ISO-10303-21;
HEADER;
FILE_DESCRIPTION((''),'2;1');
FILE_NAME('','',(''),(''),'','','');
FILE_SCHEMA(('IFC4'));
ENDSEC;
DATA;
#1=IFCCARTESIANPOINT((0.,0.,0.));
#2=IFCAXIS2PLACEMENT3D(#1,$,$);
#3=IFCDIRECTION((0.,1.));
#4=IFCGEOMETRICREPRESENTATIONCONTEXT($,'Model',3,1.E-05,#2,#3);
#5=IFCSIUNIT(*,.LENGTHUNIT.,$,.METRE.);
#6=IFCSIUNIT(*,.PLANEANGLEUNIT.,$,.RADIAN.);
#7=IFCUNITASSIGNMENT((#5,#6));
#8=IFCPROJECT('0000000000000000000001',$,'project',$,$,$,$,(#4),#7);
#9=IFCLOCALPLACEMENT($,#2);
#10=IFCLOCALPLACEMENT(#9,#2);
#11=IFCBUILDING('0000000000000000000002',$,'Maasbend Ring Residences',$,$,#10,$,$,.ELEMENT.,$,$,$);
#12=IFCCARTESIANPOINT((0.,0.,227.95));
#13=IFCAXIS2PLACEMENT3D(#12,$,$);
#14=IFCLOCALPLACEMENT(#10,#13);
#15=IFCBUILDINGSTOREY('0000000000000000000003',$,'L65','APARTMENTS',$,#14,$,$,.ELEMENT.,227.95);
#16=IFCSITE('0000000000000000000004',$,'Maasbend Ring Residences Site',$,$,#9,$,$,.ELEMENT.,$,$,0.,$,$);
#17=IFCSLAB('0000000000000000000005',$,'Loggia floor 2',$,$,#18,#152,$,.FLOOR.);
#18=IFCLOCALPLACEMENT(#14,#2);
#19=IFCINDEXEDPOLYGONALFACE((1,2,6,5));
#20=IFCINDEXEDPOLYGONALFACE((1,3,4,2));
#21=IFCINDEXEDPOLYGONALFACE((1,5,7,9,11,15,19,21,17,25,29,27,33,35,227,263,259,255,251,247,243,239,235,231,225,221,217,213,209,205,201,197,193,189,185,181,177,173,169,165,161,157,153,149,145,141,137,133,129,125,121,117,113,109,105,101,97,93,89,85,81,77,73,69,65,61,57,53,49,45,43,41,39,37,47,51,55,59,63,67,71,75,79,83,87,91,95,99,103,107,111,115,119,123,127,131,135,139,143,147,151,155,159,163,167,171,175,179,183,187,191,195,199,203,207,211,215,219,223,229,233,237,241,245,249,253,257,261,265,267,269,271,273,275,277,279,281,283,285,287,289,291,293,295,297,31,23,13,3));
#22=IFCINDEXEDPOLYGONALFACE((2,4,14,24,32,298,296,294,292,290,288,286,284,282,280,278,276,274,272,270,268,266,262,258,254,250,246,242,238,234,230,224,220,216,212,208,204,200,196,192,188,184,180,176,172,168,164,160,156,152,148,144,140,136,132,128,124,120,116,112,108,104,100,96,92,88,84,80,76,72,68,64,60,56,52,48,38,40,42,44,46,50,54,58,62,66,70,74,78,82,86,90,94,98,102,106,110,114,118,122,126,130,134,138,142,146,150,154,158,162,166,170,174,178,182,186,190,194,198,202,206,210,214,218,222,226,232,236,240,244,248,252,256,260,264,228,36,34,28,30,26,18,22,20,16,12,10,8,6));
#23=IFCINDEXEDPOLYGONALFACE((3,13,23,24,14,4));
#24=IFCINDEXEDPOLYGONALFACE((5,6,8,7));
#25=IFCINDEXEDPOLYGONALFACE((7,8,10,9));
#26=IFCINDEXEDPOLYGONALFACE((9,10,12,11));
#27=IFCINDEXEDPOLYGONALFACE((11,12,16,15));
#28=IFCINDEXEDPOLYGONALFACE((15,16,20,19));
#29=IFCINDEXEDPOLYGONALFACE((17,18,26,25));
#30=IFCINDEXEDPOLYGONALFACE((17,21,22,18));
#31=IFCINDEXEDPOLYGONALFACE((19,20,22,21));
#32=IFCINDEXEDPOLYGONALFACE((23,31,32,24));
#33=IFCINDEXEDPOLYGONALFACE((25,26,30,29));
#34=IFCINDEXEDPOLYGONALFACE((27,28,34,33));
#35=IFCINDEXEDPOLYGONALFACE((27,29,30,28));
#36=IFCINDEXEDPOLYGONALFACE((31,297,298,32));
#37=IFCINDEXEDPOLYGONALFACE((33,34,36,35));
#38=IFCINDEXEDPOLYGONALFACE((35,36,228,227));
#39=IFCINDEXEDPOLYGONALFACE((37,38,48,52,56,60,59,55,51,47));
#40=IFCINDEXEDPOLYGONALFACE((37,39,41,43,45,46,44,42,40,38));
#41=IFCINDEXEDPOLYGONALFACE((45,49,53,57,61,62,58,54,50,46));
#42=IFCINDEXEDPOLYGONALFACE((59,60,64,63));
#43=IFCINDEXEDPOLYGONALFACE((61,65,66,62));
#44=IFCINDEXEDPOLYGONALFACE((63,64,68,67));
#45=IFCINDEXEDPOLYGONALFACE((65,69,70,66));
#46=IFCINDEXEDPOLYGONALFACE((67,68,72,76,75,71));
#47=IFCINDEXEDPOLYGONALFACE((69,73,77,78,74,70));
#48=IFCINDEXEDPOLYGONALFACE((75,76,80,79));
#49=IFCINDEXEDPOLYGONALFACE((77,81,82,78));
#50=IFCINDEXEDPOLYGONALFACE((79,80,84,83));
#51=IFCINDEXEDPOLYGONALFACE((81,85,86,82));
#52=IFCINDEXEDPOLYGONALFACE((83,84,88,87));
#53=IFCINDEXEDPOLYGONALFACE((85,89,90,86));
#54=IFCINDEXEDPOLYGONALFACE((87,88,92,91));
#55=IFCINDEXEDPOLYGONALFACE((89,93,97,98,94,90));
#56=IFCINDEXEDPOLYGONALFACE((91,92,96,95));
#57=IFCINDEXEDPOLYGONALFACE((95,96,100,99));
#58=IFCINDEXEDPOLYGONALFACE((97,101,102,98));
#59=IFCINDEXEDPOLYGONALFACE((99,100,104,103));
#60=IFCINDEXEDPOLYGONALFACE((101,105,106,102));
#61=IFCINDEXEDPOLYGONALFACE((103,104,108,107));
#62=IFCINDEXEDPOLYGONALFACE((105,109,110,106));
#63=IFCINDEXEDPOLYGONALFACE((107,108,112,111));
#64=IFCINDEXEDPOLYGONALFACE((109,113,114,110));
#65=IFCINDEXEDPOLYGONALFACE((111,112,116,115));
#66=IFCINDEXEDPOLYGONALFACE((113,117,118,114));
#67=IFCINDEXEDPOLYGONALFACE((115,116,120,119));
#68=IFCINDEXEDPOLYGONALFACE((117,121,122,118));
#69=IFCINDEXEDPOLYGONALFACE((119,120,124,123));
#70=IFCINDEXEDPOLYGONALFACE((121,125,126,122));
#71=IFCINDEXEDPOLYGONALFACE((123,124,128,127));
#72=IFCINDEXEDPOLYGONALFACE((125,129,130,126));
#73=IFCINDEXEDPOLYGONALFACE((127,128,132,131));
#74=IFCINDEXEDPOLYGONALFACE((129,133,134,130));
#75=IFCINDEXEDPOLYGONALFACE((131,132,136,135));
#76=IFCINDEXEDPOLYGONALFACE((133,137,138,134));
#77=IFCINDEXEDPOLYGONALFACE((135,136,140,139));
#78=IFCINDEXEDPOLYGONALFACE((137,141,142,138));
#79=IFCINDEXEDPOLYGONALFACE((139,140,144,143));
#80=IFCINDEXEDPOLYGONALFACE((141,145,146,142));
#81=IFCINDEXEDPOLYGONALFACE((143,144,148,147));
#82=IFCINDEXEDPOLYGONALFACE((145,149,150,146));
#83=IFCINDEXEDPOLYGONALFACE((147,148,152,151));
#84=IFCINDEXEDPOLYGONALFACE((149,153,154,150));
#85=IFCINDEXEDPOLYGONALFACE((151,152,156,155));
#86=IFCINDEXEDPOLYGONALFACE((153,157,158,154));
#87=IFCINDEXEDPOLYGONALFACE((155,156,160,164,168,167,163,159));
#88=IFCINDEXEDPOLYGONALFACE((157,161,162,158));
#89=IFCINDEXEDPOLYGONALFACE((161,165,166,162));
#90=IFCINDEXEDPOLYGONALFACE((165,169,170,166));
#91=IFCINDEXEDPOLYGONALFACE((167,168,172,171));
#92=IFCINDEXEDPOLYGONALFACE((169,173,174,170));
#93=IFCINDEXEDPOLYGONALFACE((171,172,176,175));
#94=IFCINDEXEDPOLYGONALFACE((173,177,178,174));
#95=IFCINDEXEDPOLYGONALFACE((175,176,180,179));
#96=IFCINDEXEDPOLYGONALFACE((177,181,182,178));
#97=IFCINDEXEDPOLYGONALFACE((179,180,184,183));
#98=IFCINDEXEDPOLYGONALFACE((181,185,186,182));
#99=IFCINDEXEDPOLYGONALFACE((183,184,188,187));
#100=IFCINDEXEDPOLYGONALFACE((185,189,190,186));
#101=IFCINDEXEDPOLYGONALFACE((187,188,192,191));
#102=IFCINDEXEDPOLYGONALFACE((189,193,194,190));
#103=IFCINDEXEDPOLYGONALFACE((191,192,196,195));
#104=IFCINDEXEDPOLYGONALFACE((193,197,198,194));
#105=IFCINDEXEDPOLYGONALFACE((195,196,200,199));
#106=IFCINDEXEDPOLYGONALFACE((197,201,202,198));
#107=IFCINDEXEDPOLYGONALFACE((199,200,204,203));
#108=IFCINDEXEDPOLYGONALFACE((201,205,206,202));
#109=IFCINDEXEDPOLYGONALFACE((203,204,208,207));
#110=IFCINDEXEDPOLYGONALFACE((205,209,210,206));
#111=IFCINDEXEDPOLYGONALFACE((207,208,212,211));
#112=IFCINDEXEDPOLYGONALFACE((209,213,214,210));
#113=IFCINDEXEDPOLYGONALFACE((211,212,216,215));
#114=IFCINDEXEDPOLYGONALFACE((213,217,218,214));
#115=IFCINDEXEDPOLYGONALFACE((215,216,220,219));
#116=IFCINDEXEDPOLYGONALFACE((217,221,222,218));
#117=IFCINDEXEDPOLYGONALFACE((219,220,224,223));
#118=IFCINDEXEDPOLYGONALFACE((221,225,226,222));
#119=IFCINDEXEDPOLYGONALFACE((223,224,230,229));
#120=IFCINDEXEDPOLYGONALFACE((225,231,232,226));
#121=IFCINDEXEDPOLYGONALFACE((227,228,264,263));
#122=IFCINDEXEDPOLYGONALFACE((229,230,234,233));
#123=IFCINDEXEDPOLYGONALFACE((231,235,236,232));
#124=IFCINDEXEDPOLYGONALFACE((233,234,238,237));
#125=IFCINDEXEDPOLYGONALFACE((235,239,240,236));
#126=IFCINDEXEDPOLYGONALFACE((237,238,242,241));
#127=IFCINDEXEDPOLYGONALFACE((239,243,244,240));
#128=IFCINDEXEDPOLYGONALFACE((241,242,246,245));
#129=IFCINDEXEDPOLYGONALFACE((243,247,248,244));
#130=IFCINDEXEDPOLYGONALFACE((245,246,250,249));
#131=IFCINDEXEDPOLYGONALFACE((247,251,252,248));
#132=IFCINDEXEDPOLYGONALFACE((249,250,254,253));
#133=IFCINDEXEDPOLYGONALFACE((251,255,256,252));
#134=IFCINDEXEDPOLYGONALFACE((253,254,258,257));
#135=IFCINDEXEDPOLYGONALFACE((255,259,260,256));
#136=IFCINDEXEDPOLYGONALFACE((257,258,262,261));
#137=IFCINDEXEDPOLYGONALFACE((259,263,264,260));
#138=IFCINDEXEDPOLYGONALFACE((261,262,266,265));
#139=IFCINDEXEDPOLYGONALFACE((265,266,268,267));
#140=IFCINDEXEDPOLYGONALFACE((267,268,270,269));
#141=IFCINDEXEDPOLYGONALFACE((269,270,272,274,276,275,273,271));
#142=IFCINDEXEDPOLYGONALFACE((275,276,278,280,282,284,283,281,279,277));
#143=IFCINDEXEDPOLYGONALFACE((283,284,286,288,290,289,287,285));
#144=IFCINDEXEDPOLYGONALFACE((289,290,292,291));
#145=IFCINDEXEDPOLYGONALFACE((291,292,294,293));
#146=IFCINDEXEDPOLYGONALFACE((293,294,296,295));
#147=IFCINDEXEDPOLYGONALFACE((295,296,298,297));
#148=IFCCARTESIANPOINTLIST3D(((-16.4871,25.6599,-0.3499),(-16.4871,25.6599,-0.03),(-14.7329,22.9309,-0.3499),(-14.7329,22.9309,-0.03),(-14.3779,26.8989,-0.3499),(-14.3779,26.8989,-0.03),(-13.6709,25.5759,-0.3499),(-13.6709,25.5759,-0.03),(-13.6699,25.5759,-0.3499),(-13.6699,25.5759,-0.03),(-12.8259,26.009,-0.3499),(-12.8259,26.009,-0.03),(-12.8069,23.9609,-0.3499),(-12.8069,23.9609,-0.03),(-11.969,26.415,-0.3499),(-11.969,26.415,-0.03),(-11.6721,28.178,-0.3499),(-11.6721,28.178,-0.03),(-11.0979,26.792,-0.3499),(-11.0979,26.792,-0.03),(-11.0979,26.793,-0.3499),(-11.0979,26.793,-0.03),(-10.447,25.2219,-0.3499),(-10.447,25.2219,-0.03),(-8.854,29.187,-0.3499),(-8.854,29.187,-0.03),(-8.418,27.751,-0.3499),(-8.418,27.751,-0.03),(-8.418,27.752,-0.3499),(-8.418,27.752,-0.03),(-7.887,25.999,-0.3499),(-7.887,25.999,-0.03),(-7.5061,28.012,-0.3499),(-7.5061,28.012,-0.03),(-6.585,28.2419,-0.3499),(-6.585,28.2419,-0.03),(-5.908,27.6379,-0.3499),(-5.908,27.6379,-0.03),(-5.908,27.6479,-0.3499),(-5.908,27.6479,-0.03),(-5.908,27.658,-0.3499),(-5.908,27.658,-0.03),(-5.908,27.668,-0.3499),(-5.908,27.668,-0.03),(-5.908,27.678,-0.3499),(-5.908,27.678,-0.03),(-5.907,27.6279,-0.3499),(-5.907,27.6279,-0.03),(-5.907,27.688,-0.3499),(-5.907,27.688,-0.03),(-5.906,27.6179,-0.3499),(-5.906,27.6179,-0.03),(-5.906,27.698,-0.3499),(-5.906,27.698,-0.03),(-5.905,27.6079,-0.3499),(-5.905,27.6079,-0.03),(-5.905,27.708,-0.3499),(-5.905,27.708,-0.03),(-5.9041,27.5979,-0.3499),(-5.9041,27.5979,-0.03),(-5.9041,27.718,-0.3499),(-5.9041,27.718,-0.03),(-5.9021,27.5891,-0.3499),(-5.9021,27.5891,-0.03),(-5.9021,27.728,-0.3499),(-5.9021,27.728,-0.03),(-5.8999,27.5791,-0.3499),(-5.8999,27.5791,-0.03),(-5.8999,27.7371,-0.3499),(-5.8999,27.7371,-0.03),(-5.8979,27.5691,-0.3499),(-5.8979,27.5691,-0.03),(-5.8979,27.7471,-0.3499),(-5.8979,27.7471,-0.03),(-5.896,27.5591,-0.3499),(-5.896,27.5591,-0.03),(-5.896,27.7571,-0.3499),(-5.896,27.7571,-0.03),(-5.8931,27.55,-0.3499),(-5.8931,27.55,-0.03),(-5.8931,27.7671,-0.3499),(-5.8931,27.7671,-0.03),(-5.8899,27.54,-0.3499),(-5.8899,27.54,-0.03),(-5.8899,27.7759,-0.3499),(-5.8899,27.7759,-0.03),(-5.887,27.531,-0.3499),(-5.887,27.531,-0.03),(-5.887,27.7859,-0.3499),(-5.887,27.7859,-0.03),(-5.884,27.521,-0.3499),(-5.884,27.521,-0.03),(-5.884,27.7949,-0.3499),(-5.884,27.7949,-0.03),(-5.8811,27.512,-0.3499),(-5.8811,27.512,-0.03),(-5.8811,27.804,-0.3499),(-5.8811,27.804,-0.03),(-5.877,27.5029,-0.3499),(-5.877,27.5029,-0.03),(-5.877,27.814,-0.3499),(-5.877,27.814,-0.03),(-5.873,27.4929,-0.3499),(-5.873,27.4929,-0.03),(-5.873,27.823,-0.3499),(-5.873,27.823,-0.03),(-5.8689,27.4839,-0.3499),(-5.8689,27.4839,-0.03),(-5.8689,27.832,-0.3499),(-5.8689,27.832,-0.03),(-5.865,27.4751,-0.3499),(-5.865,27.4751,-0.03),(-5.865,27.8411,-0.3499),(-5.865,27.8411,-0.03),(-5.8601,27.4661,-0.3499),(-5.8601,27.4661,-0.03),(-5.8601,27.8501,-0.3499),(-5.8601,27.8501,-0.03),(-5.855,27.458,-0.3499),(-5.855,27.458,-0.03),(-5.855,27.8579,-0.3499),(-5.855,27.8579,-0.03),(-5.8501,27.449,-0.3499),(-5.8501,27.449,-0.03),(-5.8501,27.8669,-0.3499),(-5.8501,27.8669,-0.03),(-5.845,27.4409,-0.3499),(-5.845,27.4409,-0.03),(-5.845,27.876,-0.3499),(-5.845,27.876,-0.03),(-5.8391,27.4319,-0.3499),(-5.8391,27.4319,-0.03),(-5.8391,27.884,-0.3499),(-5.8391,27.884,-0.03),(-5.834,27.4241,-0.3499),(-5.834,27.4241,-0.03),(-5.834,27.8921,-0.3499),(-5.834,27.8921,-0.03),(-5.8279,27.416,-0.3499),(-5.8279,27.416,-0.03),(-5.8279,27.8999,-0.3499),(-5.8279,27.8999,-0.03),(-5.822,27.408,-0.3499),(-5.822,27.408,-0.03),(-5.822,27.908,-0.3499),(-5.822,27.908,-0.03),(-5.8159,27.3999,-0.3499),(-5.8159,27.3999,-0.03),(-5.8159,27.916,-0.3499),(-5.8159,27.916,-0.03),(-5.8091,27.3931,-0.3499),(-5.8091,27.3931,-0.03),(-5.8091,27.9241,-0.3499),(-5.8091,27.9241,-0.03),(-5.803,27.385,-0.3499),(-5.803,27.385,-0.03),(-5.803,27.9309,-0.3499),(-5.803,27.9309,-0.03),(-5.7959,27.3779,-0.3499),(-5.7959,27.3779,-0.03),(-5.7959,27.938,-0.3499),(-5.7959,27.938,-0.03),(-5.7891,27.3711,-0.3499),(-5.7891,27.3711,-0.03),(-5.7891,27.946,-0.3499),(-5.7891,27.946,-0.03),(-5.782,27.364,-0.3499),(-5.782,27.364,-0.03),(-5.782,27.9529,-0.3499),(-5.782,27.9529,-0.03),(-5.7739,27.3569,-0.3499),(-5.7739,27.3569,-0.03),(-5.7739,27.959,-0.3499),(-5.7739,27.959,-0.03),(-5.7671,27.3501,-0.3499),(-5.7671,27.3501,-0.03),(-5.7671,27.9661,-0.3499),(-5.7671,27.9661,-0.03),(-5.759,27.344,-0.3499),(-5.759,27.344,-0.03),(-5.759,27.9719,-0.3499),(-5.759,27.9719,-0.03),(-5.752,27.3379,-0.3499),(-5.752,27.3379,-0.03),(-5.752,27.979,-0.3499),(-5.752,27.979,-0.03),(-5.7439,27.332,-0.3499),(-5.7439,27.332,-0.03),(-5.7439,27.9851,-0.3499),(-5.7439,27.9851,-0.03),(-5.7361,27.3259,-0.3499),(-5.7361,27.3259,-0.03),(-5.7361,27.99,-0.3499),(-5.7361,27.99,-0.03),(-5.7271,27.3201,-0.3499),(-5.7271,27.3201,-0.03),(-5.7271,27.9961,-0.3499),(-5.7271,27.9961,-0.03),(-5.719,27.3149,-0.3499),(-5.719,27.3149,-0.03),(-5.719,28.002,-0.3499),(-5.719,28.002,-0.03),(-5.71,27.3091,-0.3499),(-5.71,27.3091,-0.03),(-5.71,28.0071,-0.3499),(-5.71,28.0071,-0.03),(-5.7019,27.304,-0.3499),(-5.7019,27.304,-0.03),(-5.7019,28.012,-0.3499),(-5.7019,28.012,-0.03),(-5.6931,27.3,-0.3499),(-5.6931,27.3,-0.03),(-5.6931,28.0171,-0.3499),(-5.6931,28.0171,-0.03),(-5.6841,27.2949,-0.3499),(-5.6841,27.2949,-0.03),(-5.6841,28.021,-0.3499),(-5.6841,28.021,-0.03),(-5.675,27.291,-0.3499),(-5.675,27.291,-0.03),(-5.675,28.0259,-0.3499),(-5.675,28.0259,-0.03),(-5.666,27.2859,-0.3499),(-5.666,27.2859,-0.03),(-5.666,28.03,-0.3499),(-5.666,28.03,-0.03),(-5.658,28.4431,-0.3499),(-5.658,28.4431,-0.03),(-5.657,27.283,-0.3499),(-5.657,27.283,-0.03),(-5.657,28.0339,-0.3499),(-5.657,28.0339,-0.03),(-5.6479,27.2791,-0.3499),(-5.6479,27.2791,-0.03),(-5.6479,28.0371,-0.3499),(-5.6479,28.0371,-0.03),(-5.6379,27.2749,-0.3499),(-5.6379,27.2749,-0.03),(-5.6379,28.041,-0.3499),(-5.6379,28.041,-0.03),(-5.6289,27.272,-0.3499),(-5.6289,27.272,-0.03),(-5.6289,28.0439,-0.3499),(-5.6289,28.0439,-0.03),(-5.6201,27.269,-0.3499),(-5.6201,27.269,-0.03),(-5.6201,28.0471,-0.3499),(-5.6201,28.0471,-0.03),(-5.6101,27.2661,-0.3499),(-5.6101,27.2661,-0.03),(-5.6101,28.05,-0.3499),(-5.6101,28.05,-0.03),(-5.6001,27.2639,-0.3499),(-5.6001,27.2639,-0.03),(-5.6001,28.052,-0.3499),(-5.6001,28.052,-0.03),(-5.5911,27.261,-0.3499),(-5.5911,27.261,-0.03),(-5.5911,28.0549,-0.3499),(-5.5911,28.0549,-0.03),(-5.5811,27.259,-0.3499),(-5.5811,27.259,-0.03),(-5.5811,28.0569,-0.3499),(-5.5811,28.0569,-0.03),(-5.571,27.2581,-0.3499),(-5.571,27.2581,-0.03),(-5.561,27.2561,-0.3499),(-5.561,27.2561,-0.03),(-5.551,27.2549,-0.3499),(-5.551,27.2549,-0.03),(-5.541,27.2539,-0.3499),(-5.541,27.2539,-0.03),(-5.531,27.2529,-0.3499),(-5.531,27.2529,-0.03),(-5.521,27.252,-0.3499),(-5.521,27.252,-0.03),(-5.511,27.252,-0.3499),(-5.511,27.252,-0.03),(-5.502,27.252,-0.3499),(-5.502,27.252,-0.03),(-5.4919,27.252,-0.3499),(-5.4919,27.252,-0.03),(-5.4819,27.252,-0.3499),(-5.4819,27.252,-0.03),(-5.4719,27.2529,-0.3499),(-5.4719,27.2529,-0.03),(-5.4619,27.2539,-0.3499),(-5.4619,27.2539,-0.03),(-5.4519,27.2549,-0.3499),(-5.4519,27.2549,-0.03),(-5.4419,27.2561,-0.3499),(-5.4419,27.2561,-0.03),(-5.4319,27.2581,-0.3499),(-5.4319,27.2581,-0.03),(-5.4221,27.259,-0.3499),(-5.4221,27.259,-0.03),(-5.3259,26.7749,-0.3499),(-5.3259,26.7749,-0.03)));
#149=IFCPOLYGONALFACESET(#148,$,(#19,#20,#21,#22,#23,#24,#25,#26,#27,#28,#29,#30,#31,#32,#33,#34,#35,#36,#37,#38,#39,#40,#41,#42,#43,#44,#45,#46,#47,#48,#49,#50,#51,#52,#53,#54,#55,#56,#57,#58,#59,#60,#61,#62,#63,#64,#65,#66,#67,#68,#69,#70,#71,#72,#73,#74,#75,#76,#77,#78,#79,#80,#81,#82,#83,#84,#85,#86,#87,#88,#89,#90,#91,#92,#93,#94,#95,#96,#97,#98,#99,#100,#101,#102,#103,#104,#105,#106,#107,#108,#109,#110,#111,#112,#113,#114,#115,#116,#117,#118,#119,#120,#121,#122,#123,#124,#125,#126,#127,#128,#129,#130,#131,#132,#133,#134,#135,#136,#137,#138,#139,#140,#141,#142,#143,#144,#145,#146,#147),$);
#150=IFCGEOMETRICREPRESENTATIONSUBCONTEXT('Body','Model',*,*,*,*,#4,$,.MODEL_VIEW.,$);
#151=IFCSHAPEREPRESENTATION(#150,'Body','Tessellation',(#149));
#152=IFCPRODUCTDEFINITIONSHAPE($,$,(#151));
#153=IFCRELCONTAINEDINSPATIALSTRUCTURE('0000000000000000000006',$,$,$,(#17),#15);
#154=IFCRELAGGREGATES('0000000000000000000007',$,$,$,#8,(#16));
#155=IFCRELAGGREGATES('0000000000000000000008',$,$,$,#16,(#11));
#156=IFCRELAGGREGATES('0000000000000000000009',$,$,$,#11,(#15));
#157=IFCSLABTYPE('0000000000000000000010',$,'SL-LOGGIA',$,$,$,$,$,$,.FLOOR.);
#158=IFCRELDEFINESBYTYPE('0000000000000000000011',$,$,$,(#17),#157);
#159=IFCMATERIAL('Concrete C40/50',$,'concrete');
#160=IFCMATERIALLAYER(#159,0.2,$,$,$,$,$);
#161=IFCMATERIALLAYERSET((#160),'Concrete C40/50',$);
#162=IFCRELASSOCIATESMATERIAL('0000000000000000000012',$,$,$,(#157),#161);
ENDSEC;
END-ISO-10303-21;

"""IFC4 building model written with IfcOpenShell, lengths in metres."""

from ifc_helpers import new_model, si_unit, direction, frame, origin, place, context, subcontext, project, spatial, polyline, outline, extrude, material, layer, layer_set, type_object, element, save


model = new_model("IFC4")

# Units and contexts
model_context = context("Model", 3, precision=1e-05, world=origin(), true_north=direction((0.0, 1.0)))
body_context = subcontext(model_context, "Body", "Model", "MODEL_VIEW")
ifc_project = project(units=[si_unit("LENGTHUNIT", "METRE"), si_unit("PLANEANGLEUNIT", "RADIAN")], contexts=[model_context])

# Site, building, storey
site_placement = place(None, origin())
site = spatial("IfcSite", under=ifc_project, at=site_placement, Name="Maasbend Ring Residences Site", CompositionType="ELEMENT", RefElevation=0.0)
building_placement = place(site_placement, origin())
building = spatial("IfcBuilding", under=site, at=building_placement, Name="Maasbend Ring Residences", CompositionType="ELEMENT")
storey_placement = place(building_placement, frame((0.0, 0.0, 227.95)))
storey = spatial("IfcBuildingStorey", under=building, at=storey_placement, Name="L65", Description="APARTMENTS", CompositionType="ELEMENT", Elevation=227.95)

# Slab
ifc_material_1 = material(Name="Concrete C40/50", Category="concrete")
ifc_layer_1 = layer(ifc_material_1, 0.2)
ifc_layer_set_1 = layer_set([ifc_layer_1], Name="Concrete C40/50")
slab_type = type_object("IfcSlabType", Name="SL-LOGGIA", PredefinedType="FLOOR", material=ifc_layer_set_1)
slab_1_placement = place(storey_placement, frame((0.0, 0.0, -0.3499)))
element("IfcSlab", 1, at=slab_1_placement, inside=storey, type_object=slab_type, Name="Loggia floor 2", PredefinedType="FLOOR", context=body_context, shape_type="SweptSolid", body=[
    extrude(outline(polyline([(-13.6709, 25.5759), (-13.6709, 25.5759), (-13.6709, 25.5759), (-13.6709, 25.5759), (-13.6709, 25.5759), (-13.6709, 25.5759), (-13.6709, 25.5759), (-13.6699, 25.5759), (-13.6699, 25.5759), (-13.6699, 25.5759), (-13.6699, 25.5759), (-13.6699, 25.5759), (-13.6699, 25.5759), (-13.6699, 25.5759), (-13.6699, 25.5759), (-13.6699, 25.5759), (-13.6699, 25.5759), (-12.8259, 26.009), (-12.8259, 26.009), (-11.969, 26.415), (-11.969, 26.415), (-11.0979, 26.792), (-11.0979, 26.792), (-11.0979, 26.792), (-11.0979, 26.792), (-11.0979, 26.792), (-11.0979, 26.792), (-11.0979, 26.792), (-11.0979, 26.793), (-11.0979, 26.793), (-11.0979, 26.793), (-11.0979, 26.793), (-11.0979, 26.793), (-11.0979, 26.793), (-11.0979, 26.793), (-11.0979, 26.793), (-11.0979, 26.793), (-11.0979, 26.793), (-11.6721, 28.178), (-11.6721, 28.178), (-11.6721, 28.178), (-8.854, 29.187), (-8.854, 29.187), (-8.854, 29.187), (-8.418, 27.752), (-8.418, 27.752), (-8.418, 27.752), (-8.418, 27.752), (-8.418, 27.752), (-8.418, 27.752), (-8.418, 27.752), (-8.418, 27.751), (-8.418, 27.751), (-8.418, 27.751), (-8.418, 27.751), (-8.418, 27.751), (-8.418, 27.751), (-8.418, 27.751), (-8.418, 27.751), (-8.418, 27.751), (-8.418, 27.751), (-7.5061, 28.012), (-7.5061, 28.012), (-6.585, 28.2419), (-6.585, 28.2419), (-5.658, 28.4431), (-5.658, 28.4431), (-5.658, 28.4431), (-5.5811, 28.0569), (-5.5911, 28.0549), (-5.6001, 28.052), (-5.6101, 28.05), (-5.6201, 28.0471), (-5.6289, 28.0439), (-5.6379, 28.041), (-5.6479, 28.0371), (-5.657, 28.0339), (-5.666, 28.03), (-5.675, 28.0259), (-5.6841, 28.021), (-5.6931, 28.0171), (-5.7019, 28.012), (-5.71, 28.0071), (-5.719, 28.002), (-5.7271, 27.9961), (-5.7361, 27.99), (-5.7439, 27.9851), (-5.752, 27.979), (-5.759, 27.9719), (-5.7671, 27.9661), (-5.7739, 27.959), (-5.782, 27.9529), (-5.7891, 27.946), (-5.7959, 27.938), (-5.803, 27.9309), (-5.8091, 27.9241), (-5.8159, 27.916), (-5.822, 27.908), (-5.8279, 27.8999), (-5.834, 27.8921), (-5.8391, 27.884), (-5.845, 27.876), (-5.8501, 27.8669), (-5.855, 27.8579), (-5.8601, 27.8501), (-5.865, 27.8411), (-5.8689, 27.832), (-5.873, 27.823), (-5.877, 27.814), (-5.8811, 27.804), (-5.884, 27.7949), (-5.887, 27.7859), (-5.8899, 27.7759), (-5.8931, 27.7671), (-5.896, 27.7571), (-5.8979, 27.7471), (-5.8999, 27.7371), (-5.9021, 27.728), (-5.9041, 27.718), (-5.905, 27.708), (-5.906, 27.698), (-5.907, 27.688), (-5.908, 27.678), (-5.908, 27.668), (-5.908, 27.658), (-5.908, 27.6479), (-5.908, 27.6379), (-5.907, 27.6279), (-5.906, 27.6179), (-5.905, 27.6079), (-5.9041, 27.5979), (-5.9021, 27.5891), (-5.8999, 27.5791), (-5.8979, 27.5691), (-5.896, 27.5591), (-5.8931, 27.55), (-5.8899, 27.54), (-5.887, 27.531), (-5.884, 27.521), (-5.8811, 27.512), (-5.877, 27.5029), (-5.873, 27.4929), (-5.8689, 27.4839), (-5.865, 27.4751), (-5.8601, 27.4661), (-5.855, 27.458), (-5.8501, 27.449), (-5.845, 27.4409), (-5.8391, 27.4319), (-5.834, 27.4241), (-5.8279, 27.416), (-5.822, 27.408), (-5.8159, 27.3999), (-5.8091, 27.3931), (-5.803, 27.385), (-5.7959, 27.3779), (-5.7891, 27.3711), (-5.782, 27.364), (-5.7739, 27.3569), (-5.7671, 27.3501), (-5.759, 27.344), (-5.752, 27.3379), (-5.7439, 27.332), (-5.7361, 27.3259), (-5.7271, 27.3201), (-5.719, 27.3149), (-5.71, 27.3091), (-5.7019, 27.304), (-5.6931, 27.3), (-5.6841, 27.2949), (-5.675, 27.291), (-5.666, 27.2859), (-5.657, 27.283), (-5.6479, 27.2791), (-5.6379, 27.2749), (-5.6289, 27.272), (-5.6201, 27.269), (-5.6101, 27.2661), (-5.6001, 27.2639), (-5.5911, 27.261), (-5.5811, 27.259), (-5.571, 27.2581), (-5.561, 27.2561), (-5.551, 27.2549), (-5.541, 27.2539), (-5.531, 27.2529), (-5.521, 27.252), (-5.511, 27.252), (-5.502, 27.252), (-5.4919, 27.252), (-5.4819, 27.252), (-5.4719, 27.2529), (-5.4619, 27.2539), (-5.4519, 27.2549), (-5.4419, 27.2561), (-5.4319, 27.2581), (-5.4221, 27.259), (-5.3259, 26.7749), (-5.3259, 26.7749), (-5.3259, 26.7749), (-7.887, 25.999), (-10.447, 25.2219), (-10.447, 25.2219), (-10.447, 25.2219), (-12.8069, 23.9609), (-14.7329, 22.9309), (-14.7329, 22.9309), (-14.7329, 22.9309), (-16.4871, 25.6599), (-16.4871, 25.6599), (-16.4871, 25.6599), (-14.3779, 26.8989), (-14.3779, 26.8989), (-14.3779, 26.8989), (-13.6709, 25.5759)])), origin(), (0.0, 0.0, 1.0), 0.3198),
])

save(model, "model.ifc")
